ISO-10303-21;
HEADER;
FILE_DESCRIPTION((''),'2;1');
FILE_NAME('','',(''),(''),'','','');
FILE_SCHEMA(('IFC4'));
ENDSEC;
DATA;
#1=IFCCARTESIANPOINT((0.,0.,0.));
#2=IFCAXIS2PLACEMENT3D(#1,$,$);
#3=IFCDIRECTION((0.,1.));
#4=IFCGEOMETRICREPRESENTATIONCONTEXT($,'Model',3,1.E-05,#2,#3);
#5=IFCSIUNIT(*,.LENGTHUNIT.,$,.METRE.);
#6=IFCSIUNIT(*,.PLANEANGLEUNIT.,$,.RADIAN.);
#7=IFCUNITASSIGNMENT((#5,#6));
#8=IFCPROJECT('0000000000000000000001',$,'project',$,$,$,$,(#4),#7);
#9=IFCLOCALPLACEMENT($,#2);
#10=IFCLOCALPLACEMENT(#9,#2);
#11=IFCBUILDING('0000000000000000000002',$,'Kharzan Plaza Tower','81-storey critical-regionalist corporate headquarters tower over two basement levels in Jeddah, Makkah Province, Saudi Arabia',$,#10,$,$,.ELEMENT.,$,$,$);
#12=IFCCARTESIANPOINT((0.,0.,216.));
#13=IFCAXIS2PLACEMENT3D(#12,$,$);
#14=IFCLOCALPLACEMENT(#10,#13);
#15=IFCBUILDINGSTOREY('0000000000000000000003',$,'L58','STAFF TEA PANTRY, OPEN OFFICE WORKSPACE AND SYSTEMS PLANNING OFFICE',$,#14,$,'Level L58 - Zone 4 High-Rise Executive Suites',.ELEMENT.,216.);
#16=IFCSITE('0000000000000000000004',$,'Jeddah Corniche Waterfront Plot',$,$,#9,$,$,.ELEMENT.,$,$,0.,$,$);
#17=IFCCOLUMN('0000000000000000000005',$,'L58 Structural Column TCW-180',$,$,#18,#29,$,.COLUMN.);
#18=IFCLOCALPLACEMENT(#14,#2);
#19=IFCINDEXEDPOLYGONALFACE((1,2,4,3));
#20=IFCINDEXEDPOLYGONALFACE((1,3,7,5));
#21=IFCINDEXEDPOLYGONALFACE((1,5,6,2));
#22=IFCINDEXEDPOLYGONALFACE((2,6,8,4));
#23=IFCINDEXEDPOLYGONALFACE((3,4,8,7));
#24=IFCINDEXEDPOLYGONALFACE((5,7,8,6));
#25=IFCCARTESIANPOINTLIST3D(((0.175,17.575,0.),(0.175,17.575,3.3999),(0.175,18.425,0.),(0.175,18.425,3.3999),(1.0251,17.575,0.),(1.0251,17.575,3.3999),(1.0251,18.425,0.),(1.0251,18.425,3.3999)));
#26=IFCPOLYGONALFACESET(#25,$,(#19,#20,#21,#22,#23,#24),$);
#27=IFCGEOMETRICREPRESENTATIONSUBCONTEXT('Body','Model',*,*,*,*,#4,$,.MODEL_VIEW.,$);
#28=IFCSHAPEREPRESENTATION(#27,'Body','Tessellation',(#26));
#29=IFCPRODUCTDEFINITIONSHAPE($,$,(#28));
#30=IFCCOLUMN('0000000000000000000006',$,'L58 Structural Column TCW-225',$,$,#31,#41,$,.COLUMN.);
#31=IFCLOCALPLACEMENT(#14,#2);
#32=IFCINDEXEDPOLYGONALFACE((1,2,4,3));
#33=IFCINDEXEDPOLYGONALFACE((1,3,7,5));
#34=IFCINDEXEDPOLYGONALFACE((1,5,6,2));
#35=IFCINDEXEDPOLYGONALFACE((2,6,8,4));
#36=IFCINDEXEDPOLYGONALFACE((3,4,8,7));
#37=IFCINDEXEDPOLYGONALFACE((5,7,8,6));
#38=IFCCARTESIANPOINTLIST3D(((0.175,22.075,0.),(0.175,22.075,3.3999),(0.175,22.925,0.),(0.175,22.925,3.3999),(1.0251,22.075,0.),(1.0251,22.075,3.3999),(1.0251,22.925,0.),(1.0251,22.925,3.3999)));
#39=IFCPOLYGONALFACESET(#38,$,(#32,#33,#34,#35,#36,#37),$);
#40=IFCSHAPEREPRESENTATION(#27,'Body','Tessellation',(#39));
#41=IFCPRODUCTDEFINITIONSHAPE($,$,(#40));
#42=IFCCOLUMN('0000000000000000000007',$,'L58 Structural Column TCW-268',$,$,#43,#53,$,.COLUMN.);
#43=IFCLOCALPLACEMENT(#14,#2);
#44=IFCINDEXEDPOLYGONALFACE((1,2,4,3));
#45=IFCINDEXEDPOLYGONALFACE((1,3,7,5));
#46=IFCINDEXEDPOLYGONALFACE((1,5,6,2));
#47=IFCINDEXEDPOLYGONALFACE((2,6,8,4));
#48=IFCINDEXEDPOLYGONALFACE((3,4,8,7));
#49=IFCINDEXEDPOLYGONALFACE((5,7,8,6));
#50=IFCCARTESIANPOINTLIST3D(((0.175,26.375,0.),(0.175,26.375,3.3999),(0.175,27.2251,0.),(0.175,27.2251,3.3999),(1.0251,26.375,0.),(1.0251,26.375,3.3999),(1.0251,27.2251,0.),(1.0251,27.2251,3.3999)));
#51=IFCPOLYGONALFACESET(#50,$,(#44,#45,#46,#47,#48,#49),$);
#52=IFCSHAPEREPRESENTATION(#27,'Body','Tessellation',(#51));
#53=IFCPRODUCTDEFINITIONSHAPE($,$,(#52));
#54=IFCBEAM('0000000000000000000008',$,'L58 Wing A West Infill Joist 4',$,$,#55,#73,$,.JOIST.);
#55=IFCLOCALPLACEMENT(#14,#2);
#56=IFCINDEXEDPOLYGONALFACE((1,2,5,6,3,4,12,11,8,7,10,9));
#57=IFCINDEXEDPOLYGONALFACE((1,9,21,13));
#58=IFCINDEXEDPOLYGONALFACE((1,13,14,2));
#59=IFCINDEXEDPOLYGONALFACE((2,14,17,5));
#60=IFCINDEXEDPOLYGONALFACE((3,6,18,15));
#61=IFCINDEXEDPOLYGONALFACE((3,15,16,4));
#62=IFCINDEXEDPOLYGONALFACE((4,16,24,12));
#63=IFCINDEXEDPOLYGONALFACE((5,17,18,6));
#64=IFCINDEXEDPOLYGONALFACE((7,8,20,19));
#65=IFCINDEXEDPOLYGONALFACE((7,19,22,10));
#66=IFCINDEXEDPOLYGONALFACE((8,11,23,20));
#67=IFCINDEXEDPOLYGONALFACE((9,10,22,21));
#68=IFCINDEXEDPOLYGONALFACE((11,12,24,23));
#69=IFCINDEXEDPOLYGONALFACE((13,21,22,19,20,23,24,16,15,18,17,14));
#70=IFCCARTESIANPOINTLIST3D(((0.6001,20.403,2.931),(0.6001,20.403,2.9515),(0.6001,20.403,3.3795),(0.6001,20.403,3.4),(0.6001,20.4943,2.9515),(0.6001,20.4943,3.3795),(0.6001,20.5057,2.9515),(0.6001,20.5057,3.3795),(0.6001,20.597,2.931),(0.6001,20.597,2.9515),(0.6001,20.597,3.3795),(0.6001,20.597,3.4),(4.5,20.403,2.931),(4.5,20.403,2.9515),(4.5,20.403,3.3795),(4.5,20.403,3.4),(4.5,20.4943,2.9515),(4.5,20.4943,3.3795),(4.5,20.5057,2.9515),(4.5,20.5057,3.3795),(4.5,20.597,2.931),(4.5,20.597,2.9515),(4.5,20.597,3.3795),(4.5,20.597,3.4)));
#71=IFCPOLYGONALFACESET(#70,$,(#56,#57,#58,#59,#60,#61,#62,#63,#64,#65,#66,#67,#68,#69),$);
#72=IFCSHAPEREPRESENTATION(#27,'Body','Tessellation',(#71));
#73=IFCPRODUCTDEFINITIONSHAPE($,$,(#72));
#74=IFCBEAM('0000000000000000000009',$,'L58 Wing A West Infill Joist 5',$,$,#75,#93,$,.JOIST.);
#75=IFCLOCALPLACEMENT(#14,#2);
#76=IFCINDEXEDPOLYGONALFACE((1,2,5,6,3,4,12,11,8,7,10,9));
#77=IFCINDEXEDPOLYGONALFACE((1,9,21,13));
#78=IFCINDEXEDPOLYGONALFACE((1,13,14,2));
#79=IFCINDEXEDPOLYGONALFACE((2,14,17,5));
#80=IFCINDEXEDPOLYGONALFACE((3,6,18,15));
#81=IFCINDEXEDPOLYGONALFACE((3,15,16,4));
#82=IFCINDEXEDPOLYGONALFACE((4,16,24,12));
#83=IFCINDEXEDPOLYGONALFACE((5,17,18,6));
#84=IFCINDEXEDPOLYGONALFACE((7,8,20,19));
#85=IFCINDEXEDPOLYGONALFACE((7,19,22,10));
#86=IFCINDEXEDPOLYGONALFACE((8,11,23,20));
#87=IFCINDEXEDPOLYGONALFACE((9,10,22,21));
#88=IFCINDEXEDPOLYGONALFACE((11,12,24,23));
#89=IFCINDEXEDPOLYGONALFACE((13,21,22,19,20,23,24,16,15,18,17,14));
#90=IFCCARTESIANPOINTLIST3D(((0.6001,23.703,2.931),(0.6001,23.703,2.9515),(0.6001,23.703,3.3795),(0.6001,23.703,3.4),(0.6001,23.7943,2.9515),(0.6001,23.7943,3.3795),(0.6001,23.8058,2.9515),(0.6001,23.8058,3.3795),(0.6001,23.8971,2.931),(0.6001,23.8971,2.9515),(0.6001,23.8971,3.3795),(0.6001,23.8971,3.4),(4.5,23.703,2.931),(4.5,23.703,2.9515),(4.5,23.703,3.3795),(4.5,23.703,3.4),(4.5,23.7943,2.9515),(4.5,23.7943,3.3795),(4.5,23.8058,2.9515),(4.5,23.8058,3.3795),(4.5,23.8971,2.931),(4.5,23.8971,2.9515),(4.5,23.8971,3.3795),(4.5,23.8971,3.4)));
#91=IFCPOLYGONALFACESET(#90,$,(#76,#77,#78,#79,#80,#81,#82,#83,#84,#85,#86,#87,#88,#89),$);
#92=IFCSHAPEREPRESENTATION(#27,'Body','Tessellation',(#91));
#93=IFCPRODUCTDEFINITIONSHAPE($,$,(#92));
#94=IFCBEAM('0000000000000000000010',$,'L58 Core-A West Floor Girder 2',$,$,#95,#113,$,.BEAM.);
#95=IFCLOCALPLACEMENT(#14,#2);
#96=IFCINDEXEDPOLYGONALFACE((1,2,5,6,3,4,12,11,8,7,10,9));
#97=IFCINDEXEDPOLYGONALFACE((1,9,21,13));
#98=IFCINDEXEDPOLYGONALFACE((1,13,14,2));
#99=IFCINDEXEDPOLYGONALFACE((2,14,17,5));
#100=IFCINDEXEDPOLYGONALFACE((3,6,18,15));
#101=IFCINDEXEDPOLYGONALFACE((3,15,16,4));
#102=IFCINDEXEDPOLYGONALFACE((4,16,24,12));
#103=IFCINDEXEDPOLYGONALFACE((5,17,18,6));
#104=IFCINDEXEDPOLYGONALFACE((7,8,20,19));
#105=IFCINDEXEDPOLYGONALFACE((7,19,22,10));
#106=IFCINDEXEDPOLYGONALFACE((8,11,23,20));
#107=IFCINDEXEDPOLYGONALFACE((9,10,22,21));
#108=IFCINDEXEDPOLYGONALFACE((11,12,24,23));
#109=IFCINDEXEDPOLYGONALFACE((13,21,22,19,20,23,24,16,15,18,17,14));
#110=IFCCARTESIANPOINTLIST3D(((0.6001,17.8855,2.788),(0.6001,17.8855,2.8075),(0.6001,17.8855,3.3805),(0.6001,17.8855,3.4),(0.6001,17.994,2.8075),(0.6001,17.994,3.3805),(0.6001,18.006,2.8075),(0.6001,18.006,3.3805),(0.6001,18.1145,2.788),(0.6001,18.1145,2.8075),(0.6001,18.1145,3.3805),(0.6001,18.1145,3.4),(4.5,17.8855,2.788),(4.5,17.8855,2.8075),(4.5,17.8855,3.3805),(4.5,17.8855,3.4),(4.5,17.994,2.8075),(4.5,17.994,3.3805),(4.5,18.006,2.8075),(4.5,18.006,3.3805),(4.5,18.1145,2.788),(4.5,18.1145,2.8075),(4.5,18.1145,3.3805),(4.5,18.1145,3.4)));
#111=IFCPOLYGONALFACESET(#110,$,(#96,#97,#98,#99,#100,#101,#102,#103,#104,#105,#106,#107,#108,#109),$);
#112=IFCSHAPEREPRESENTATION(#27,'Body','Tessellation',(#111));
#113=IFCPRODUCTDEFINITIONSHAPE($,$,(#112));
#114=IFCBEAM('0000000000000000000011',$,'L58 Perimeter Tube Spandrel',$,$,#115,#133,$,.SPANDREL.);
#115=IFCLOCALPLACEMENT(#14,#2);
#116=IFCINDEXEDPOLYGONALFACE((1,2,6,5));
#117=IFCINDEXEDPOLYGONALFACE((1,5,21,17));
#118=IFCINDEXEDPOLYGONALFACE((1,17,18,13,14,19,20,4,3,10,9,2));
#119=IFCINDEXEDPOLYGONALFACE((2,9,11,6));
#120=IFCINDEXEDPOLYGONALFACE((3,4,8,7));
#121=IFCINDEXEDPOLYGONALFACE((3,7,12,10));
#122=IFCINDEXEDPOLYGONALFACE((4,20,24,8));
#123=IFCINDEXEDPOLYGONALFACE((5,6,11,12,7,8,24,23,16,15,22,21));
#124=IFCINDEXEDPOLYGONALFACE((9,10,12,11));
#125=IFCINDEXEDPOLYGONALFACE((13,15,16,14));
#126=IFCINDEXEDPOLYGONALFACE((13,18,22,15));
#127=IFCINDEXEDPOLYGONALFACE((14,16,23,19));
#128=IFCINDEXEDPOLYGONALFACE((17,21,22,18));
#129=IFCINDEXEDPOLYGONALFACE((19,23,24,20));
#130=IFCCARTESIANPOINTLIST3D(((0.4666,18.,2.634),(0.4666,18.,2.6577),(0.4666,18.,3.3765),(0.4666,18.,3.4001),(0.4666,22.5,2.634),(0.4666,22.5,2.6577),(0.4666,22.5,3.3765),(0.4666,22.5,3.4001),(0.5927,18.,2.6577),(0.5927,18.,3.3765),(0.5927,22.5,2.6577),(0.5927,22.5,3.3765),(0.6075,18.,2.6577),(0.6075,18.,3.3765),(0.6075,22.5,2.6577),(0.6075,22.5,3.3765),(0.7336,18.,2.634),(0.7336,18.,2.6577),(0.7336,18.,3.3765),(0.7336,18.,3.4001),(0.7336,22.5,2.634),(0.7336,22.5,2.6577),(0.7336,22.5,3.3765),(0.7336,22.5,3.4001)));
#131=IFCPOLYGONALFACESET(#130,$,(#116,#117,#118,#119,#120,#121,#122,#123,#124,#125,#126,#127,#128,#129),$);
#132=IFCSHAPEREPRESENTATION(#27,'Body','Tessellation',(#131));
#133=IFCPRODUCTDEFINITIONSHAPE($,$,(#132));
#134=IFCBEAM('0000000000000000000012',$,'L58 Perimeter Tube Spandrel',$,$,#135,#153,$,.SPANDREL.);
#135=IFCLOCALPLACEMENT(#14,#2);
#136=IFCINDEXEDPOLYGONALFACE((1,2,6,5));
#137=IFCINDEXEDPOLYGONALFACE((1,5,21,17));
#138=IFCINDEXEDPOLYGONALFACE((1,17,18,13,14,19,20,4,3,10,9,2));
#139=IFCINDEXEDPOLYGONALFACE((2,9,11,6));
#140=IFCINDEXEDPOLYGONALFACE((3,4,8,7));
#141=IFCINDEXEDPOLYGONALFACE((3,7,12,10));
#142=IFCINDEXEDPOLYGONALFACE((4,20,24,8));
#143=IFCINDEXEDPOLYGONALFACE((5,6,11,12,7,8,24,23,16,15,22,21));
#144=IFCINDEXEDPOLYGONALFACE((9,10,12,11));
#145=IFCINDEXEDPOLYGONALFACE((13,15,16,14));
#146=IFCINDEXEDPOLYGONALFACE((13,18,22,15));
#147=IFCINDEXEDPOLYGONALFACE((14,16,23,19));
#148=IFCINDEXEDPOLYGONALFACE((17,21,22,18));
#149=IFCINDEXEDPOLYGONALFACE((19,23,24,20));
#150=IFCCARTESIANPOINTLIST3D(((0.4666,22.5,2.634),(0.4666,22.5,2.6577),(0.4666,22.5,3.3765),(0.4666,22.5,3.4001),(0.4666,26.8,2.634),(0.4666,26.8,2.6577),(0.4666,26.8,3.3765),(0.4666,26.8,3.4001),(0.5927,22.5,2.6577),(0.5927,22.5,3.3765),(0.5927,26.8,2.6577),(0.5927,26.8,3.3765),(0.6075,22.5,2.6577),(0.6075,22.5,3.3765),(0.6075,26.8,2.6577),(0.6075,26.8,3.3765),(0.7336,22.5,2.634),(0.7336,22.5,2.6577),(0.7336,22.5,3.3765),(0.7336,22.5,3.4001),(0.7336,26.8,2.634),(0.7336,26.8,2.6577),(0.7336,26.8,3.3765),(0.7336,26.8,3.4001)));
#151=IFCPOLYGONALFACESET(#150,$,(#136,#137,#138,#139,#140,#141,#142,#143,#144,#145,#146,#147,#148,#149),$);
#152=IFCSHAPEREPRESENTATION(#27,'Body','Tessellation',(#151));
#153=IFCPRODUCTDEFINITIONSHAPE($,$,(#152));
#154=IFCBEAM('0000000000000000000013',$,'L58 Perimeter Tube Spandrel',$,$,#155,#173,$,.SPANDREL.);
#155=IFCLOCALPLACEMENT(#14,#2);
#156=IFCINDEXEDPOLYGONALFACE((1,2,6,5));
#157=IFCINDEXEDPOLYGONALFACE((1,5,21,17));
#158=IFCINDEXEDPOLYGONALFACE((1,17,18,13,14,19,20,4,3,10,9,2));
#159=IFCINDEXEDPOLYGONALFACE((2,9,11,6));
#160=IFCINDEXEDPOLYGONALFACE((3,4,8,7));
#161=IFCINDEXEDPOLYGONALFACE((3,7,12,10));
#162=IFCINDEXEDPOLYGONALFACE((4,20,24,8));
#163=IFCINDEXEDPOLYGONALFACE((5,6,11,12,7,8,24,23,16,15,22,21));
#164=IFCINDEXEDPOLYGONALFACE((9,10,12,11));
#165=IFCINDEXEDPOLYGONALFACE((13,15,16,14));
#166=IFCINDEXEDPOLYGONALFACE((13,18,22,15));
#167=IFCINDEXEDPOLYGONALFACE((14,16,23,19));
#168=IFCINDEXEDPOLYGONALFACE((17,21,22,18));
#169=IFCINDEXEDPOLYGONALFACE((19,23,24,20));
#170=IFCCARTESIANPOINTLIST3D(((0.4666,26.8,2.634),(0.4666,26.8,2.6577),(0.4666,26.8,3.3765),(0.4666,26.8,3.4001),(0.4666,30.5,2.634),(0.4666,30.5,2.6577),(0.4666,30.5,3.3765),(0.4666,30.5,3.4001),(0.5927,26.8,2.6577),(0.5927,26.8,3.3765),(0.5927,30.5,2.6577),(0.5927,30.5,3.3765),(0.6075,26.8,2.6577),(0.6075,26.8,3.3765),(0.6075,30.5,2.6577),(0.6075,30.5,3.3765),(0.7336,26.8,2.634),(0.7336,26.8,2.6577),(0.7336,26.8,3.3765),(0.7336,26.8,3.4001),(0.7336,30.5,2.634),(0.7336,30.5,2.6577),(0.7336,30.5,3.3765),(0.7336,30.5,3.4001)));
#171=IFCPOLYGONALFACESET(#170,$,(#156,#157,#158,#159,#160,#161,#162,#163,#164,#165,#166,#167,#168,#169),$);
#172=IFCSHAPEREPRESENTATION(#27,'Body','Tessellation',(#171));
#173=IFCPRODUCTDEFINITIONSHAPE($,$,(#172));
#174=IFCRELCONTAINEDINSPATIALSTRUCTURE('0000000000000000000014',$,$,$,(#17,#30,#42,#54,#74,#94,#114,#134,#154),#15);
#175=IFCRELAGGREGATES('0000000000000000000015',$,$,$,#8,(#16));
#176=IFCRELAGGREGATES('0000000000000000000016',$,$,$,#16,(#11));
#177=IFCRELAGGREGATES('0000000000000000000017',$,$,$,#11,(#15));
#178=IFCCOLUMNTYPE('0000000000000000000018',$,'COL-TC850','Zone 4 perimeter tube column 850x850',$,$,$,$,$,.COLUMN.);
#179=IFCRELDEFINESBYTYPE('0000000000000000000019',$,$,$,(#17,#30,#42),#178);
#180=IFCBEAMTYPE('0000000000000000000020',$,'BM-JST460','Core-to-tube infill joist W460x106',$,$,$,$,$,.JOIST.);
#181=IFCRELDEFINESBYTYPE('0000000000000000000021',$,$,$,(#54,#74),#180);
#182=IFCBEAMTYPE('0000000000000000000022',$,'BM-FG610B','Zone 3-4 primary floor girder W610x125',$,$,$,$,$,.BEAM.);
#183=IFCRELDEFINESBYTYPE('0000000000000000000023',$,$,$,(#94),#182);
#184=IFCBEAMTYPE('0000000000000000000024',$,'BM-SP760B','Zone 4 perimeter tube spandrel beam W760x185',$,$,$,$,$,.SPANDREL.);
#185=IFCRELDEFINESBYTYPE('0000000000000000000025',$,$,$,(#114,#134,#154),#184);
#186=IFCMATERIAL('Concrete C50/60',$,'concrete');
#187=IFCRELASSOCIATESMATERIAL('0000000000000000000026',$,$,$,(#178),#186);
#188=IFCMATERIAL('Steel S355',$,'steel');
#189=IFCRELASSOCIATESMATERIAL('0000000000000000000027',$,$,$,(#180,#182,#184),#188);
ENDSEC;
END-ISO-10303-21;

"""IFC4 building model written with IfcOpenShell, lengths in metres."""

from ifc_helpers import new_model, si_unit, direction, frame, origin, origin_2d, place, context, subcontext, project, spatial, rectangle, i_section, extrude, source, transform, mapped, material, material_profile, profile_set, type_object, element, save


model = new_model("IFC4")

# Units and contexts
model_context = context("Model", 3, precision=1e-05, world=origin(), true_north=direction((0.0, 1.0)))
body_context = subcontext(model_context, "Body", "Model", "MODEL_VIEW")
ifc_project = project(units=[si_unit("LENGTHUNIT", "METRE"), si_unit("PLANEANGLEUNIT", "RADIAN")], contexts=[model_context])

# Site, building, storey
site_placement = place(None, origin())
site = spatial("IfcSite", under=ifc_project, at=site_placement, Name="Jeddah Corniche Waterfront Plot", CompositionType="ELEMENT", RefElevation=0.0)
building_placement = place(site_placement, origin())
building = spatial("IfcBuilding", under=site, at=building_placement, Name="Kharzan Plaza Tower", Description="81-storey critical-regionalist corporate headquarters tower over two basement levels in Jeddah, Makkah Province, Saudi Arabia", CompositionType="ELEMENT")
storey_placement = place(building_placement, frame((0.0, 0.0, 216.0)))
storey = spatial("IfcBuildingStorey", under=building, at=storey_placement, Name="L58", Description="STAFF TEA PANTRY, OPEN OFFICE WORKSPACE AND SYSTEMS PLANNING OFFICE", LongName="Level L58 - Zone 4 High-Rise Executive Suites", CompositionType="ELEMENT", Elevation=216.0)

# Columns
ifc_material_1 = material(Name="Concrete C50/60", Category="concrete")
ifc_material_profile_1 = material_profile(ifc_material_1, rectangle(XDim=0.8501, YDim=0.8501, at=origin_2d()), Name="RC-TC850x850")
ifc_profile_set_1 = profile_set([ifc_material_profile_1], Name="Concrete C50/60")
column_type = type_object("IfcColumnType", Name="COL-TC850", Description="Zone 4 perimeter tube column 850x850", PredefinedType="COLUMN", material=ifc_profile_set_1)
shared_shape_1 = source(origin(), body_context, "Body", "SweptSolid", [
    extrude(rectangle(XDim=0.8501, YDim=0.8501, at=origin_2d()), origin(), (0.0, 0.0, 1.0), 3.3999),
])
for number, where, z_axis, x_axis, name in (
    (1, (0.6001, 18.0, 0.0), (0.0, 0.0, 1.0), (1.0, 0.0, 0.0), "L58 Structural Column TCW-180"),
    (2, (0.6001, 22.5, 0.0), (0.0, 0.0, 1.0), (1.0, 0.0, 0.0), "L58 Structural Column TCW-225"),
    (3, (0.6001, 26.8, 0.0), (0.0, 0.0, 1.0), (1.0, 0.0, 0.0), "L58 Structural Column TCW-268"),
):
    element("IfcColumn", number, at=place(storey_placement, frame(where, z_axis=z_axis, x_axis=x_axis)), inside=storey, type_object=column_type, Name=name, PredefinedType="COLUMN", context=body_context, shape_type="MappedRepresentation", body=[
        mapped(shared_shape_1, transform((0.0, 0.0, 0.0), x_axis=(1.0, 0.0, 0.0), y_axis=(0.0, 1.0, 0.0), z_axis=(0.0, 0.0, 1.0))),
    ])

# Beams
ifc_material_2 = material(Name="Steel S355", Category="steel")
ifc_material_profile_2 = material_profile(ifc_material_2, i_section(OverallWidth=0.1941, OverallDepth=0.469, WebThickness=0.0115, FlangeThickness=0.0205, at=origin_2d()), Name="W460x106")
ifc_profile_set_2 = profile_set([ifc_material_profile_2], Name="Steel S355")
beam_type_1 = type_object("IfcBeamType", Name="BM-JST460", Description="Core-to-tube infill joist W460x106", PredefinedType="JOIST", material=ifc_profile_set_2)
shared_shape_2 = source(origin(), body_context, "Body", "SweptSolid", [
    extrude(i_section(OverallWidth=0.1941, OverallDepth=0.469, WebThickness=0.0115, FlangeThickness=0.0205, at=origin_2d()), origin(), (0.0, 0.0, 1.0), 3.8999),
])
for number, where, z_axis, x_axis, name in (
    (4, (0.6001, 20.5, 3.1655), (1.0, 0.0, 0.0), (0.0, 1.0, 0.0), "L58 Wing A West Infill Joist 4"),
    (5, (0.6001, 23.8, 3.1655), (1.0, 0.0, 0.0), (0.0, 1.0, 0.0), "L58 Wing A West Infill Joist 5"),
):
    element("IfcBeam", number, at=place(storey_placement, frame(where, z_axis=z_axis, x_axis=x_axis)), inside=storey, type_object=beam_type_1, Name=name, PredefinedType="JOIST", context=body_context, shape_type="MappedRepresentation", body=[
        mapped(shared_shape_2, transform((0.0, 0.0, 0.0), x_axis=(1.0, 0.0, 0.0), y_axis=(0.0, 1.0, 0.0), z_axis=(0.0, 0.0, 1.0))),
    ])
ifc_material_profile_3 = material_profile(ifc_material_2, i_section(OverallWidth=0.229, OverallDepth=0.6121, WebThickness=0.012, FlangeThickness=0.0195, at=origin_2d()), Name="W610x125")
ifc_profile_set_3 = profile_set([ifc_material_profile_3], Name="Steel S355")
beam_type_2 = type_object("IfcBeamType", Name="BM-FG610B", Description="Zone 3-4 primary floor girder W610x125", PredefinedType="BEAM", material=ifc_profile_set_3)
shared_shape_3 = source(origin(), body_context, "Body", "SweptSolid", [
    extrude(i_section(OverallWidth=0.229, OverallDepth=0.6121, WebThickness=0.012, FlangeThickness=0.0195, at=origin_2d()), origin(), (0.0, 0.0, 1.0), 3.8999),
])
beam_1_placement = place(storey_placement, frame((0.6001, 18.0, 3.094), z_axis=(1.0, 0.0, 0.0), x_axis=(0.0, 1.0, 0.0)))
element("IfcBeam", 6, at=beam_1_placement, inside=storey, type_object=beam_type_2, Name="L58 Core-A West Floor Girder 2", PredefinedType="BEAM", context=body_context, shape_type="MappedRepresentation", body=[
    mapped(shared_shape_3, transform((0.0, 0.0, 0.0), x_axis=(1.0, 0.0, 0.0), y_axis=(0.0, 1.0, 0.0), z_axis=(0.0, 0.0, 1.0))),
])
ifc_material_profile_4 = material_profile(ifc_material_2, i_section(OverallWidth=0.2671, OverallDepth=0.7661, WebThickness=0.0149, FlangeThickness=0.0237, at=origin_2d()), Name="W760x185")
ifc_profile_set_4 = profile_set([ifc_material_profile_4], Name="Steel S355")
beam_type_3 = type_object("IfcBeamType", Name="BM-SP760B", Description="Zone 4 perimeter tube spandrel beam W760x185", PredefinedType="SPANDREL", material=ifc_profile_set_4)
shared_shape_4 = source(origin(), body_context, "Body", "SweptSolid", [
    extrude(i_section(OverallWidth=0.2671, OverallDepth=0.7661, WebThickness=0.0149, FlangeThickness=0.0237, at=origin_2d()), origin(), (0.0, 0.0, 1.0), 4.5),
])
beam_2_placement = place(storey_placement, frame((0.6001, 18.0, 3.0171), z_axis=(0.0, 1.0, 0.0), x_axis=(-1.0, 0.0, 0.0)))
element("IfcBeam", 7, at=beam_2_placement, inside=storey, type_object=beam_type_3, Name="L58 Perimeter Tube Spandrel", PredefinedType="SPANDREL", context=body_context, shape_type="MappedRepresentation", body=[
    mapped(shared_shape_4, transform((0.0, 0.0, 0.0), x_axis=(1.0, 0.0, 0.0), y_axis=(0.0, 1.0, 0.0), z_axis=(0.0, 0.0, 1.0))),
])
shared_shape_5 = source(origin(), body_context, "Body", "SweptSolid", [
    extrude(i_section(OverallWidth=0.2671, OverallDepth=0.7661, WebThickness=0.0149, FlangeThickness=0.0237, at=origin_2d()), origin(), (0.0, 0.0, 1.0), 4.3),
])
beam_3_placement = place(storey_placement, frame((0.6001, 22.5, 3.0171), z_axis=(0.0, 1.0, 0.0), x_axis=(-1.0, 0.0, 0.0)))
element("IfcBeam", 8, at=beam_3_placement, inside=storey, type_object=beam_type_3, Name="L58 Perimeter Tube Spandrel", PredefinedType="SPANDREL", context=body_context, shape_type="MappedRepresentation", body=[
    mapped(shared_shape_5, transform((0.0, 0.0, 0.0), x_axis=(1.0, 0.0, 0.0), y_axis=(0.0, 1.0, 0.0), z_axis=(0.0, 0.0, 1.0))),
])
shared_shape_6 = source(origin(), body_context, "Body", "SweptSolid", [
    extrude(i_section(OverallWidth=0.2671, OverallDepth=0.7661, WebThickness=0.0149, FlangeThickness=0.0237, at=origin_2d()), origin(), (0.0, 0.0, 1.0), 3.7),
])
beam_4_placement = place(storey_placement, frame((0.6001, 26.8, 3.0171), z_axis=(0.0, 1.0, 0.0), x_axis=(-1.0, 0.0, 0.0)))
element("IfcBeam", 9, at=beam_4_placement, inside=storey, type_object=beam_type_3, Name="L58 Perimeter Tube Spandrel", PredefinedType="SPANDREL", context=body_context, shape_type="MappedRepresentation", body=[
    mapped(shared_shape_6, transform((0.0, 0.0, 0.0), x_axis=(1.0, 0.0, 0.0), y_axis=(0.0, 1.0, 0.0), z_axis=(0.0, 0.0, 1.0))),
])

save(model, "model.ifc")
